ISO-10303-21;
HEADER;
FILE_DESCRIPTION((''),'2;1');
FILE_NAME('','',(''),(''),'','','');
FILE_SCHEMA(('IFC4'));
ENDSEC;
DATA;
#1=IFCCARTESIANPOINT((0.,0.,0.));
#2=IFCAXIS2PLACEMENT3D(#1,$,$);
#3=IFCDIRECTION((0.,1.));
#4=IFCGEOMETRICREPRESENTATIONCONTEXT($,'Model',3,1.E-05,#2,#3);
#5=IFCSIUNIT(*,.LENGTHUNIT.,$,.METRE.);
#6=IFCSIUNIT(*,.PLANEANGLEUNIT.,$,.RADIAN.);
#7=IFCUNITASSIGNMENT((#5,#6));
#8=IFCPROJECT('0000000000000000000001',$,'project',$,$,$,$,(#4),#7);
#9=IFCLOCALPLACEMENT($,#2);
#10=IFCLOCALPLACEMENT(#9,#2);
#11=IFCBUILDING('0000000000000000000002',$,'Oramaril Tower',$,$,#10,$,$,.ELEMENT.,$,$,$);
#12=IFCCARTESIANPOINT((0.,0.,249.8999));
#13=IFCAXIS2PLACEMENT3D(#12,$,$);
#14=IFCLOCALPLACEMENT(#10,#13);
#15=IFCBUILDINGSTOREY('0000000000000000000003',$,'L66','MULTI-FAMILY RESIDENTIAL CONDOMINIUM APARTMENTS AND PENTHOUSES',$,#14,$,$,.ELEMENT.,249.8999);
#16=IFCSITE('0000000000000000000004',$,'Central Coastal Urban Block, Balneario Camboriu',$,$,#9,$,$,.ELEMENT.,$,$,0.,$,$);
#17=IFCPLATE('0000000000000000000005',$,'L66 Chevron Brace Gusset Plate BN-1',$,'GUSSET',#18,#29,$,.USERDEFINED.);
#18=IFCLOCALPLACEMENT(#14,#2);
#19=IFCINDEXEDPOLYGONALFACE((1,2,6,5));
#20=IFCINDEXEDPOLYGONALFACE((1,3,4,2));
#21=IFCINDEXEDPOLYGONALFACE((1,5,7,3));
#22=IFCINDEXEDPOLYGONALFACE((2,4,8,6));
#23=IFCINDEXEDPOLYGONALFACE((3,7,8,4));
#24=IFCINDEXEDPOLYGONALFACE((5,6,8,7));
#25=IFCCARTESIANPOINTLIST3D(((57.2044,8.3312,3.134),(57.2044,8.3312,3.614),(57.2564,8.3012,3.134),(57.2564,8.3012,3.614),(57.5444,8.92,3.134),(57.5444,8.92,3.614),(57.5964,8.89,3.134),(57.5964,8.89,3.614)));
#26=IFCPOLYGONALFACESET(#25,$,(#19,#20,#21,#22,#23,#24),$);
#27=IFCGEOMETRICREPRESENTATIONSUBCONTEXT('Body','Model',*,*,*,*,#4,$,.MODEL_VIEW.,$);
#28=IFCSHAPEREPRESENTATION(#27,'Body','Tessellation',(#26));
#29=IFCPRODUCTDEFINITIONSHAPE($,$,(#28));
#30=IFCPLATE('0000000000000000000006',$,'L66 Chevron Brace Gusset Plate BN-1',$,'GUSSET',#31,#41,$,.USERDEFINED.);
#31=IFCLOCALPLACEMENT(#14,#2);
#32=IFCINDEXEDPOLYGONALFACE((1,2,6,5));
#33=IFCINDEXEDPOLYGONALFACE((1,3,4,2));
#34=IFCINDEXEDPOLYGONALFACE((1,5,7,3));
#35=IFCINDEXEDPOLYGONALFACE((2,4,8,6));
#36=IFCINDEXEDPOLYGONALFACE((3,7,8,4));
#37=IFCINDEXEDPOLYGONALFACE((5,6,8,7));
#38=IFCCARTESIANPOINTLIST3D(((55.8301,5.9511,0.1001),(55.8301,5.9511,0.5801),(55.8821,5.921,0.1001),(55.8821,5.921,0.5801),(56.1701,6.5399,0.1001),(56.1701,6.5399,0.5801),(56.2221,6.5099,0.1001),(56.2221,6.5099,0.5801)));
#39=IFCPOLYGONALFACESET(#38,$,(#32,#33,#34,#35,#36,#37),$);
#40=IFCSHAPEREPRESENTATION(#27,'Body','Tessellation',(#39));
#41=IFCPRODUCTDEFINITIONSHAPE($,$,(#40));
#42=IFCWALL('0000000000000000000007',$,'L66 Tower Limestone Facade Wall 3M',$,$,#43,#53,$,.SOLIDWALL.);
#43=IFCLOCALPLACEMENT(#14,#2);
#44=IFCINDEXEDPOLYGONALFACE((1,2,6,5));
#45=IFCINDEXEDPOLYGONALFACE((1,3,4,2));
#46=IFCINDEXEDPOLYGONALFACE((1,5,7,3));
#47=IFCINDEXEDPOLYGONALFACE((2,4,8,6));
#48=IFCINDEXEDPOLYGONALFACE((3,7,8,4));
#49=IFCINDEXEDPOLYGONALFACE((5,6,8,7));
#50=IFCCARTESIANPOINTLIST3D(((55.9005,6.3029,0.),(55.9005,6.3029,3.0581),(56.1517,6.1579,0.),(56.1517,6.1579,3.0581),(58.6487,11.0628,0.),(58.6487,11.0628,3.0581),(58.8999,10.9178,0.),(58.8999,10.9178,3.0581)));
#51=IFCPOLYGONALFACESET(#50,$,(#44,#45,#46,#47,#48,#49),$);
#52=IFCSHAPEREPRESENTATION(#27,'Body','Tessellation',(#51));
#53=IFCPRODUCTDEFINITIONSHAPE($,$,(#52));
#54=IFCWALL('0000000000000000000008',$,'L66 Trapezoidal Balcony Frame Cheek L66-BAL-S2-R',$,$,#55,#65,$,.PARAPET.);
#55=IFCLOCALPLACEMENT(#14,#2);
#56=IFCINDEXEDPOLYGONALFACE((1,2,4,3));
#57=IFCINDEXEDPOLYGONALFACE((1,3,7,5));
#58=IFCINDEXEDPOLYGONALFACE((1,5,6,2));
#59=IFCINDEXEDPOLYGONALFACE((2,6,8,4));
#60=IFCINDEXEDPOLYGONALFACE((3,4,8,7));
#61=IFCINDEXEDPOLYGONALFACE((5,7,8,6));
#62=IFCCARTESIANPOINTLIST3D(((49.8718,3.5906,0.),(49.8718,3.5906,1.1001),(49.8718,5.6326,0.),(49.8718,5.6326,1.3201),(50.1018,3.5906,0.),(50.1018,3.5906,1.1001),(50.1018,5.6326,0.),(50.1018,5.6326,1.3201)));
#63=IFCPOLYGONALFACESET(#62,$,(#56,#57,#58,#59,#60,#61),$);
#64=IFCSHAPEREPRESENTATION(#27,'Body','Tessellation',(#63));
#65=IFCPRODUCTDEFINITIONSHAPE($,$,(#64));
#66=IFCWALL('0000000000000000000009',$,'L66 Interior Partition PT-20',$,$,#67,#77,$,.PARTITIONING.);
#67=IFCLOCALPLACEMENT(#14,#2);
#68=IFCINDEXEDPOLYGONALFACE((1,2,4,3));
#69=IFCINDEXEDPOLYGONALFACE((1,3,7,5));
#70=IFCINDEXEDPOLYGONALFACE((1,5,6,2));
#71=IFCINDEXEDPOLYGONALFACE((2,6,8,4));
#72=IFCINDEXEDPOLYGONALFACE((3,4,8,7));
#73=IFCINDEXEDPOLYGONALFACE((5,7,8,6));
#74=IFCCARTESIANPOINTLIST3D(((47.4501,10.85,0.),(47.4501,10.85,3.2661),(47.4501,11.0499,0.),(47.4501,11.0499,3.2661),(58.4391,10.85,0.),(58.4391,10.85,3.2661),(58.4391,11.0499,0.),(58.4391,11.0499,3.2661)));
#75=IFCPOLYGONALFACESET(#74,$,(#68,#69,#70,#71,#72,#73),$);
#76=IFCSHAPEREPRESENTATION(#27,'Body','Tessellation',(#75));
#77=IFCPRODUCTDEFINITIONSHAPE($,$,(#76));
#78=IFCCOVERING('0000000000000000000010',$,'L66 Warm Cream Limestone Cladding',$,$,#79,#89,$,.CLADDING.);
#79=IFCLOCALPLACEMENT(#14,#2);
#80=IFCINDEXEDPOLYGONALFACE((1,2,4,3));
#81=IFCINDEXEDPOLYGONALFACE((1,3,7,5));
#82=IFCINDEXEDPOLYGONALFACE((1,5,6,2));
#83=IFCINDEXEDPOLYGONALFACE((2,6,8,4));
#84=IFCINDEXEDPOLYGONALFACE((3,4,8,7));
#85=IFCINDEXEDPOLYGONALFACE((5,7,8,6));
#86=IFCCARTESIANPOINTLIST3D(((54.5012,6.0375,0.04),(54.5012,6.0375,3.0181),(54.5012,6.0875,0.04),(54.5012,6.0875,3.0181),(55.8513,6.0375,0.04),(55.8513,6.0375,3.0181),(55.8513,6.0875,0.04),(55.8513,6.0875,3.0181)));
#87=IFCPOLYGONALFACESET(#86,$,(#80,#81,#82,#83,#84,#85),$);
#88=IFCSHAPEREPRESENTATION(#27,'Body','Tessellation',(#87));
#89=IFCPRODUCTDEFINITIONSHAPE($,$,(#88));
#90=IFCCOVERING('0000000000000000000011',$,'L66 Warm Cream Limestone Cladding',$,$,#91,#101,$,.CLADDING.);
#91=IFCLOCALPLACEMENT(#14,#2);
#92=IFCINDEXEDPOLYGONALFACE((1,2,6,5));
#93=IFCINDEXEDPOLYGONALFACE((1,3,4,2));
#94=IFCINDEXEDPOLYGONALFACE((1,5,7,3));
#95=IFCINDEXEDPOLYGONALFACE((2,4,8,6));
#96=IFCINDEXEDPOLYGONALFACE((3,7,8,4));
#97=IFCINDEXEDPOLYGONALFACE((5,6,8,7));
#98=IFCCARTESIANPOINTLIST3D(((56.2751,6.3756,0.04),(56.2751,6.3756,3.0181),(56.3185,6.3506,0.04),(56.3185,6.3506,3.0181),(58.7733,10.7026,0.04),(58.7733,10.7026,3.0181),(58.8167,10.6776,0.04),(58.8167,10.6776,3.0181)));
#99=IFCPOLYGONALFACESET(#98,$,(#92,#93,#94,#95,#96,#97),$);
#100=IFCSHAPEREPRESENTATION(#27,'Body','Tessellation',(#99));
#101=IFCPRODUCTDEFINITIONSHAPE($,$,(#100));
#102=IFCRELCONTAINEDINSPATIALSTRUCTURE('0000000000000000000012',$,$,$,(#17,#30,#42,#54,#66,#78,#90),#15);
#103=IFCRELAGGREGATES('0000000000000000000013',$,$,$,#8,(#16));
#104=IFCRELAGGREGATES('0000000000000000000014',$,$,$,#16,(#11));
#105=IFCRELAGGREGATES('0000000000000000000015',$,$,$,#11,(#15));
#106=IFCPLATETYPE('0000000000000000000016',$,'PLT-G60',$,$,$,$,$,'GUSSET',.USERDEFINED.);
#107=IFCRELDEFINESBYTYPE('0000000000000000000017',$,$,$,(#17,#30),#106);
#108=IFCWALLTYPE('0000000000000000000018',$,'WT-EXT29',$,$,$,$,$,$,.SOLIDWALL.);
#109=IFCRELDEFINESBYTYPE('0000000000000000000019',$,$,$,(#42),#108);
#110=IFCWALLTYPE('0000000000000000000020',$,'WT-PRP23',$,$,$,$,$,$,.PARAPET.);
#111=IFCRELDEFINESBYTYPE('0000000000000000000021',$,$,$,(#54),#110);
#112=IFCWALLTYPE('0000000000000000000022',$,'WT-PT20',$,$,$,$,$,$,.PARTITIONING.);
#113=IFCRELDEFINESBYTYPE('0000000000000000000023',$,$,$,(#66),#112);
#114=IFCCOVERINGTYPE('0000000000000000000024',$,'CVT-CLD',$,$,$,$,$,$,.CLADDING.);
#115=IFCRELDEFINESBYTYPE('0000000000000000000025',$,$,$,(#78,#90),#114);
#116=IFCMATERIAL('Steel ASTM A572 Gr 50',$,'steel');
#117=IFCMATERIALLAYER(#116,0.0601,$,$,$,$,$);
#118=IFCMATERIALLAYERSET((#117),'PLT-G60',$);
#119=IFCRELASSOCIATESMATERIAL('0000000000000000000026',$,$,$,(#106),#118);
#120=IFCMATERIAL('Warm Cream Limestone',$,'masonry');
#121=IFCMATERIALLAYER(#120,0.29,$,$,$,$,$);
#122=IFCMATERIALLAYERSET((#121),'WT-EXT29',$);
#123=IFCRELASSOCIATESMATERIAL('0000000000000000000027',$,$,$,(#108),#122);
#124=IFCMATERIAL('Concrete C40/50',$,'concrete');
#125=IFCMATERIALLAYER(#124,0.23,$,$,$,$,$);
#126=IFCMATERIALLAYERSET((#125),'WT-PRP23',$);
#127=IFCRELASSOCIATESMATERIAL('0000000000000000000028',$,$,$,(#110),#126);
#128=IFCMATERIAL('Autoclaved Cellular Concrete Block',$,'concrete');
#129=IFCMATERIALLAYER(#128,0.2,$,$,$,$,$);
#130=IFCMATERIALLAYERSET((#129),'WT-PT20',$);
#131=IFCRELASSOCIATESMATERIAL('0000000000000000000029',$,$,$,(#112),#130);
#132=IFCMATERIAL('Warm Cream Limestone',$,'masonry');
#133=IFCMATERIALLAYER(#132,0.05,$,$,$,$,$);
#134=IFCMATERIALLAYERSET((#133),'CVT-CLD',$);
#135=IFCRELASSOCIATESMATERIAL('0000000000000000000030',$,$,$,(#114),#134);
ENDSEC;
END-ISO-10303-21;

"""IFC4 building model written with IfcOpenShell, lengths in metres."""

from ifc_helpers import new_model, si_unit, direction, frame, frame_2d, origin, origin_2d, place, context, subcontext, project, spatial, polyline, rectangle, outline, extrude, material, layer, layer_set, type_object, element, save


model = new_model("IFC4")

# Units and contexts
model_context = context("Model", 3, precision=1e-05, world=origin(), true_north=direction((0.0, 1.0)))
body_context = subcontext(model_context, "Body", "Model", "MODEL_VIEW")
ifc_project = project(units=[si_unit("LENGTHUNIT", "METRE"), si_unit("PLANEANGLEUNIT", "RADIAN")], contexts=[model_context])

# Site, building, storey
site_placement = place(None, origin())
site = spatial("IfcSite", under=ifc_project, at=site_placement, Name="Central Coastal Urban Block, Balneario Camboriu", CompositionType="ELEMENT", RefElevation=0.0)
building_placement = place(site_placement, origin())
building = spatial("IfcBuilding", under=site, at=building_placement, Name="Oramaril Tower", CompositionType="ELEMENT")
storey_placement = place(building_placement, frame((0.0, 0.0, 249.8999)))
storey = spatial("IfcBuildingStorey", under=building, at=storey_placement, Name="L66", Description="MULTI-FAMILY RESIDENTIAL CONDOMINIUM APARTMENTS AND PENTHOUSES", CompositionType="ELEMENT", Elevation=249.8999)

# Plates
ifc_material_1 = material(Name="Steel ASTM A572 Gr 50", Category="steel")
ifc_layer_1 = layer(ifc_material_1, 0.0601)
ifc_layer_set_1 = layer_set([ifc_layer_1], Name="PLT-G60")
plate_type = type_object("IfcPlateType", Name="PLT-G60", ElementType="GUSSET", PredefinedType="USERDEFINED", material=ifc_layer_set_1)
for number, where, z_axis, x_axis, name in (
    (1, (57.4004, 8.6106, 3.134), (0.0, 0.0, 1.0), (0.500002, 0.866025, 0.0), "L66 Chevron Brace Gusset Plate BN-1"),
    (2, (56.0261, 6.2305, 0.1001), (0.0, 0.0, 1.0), (0.500002, 0.866025, 0.0), "L66 Chevron Brace Gusset Plate BN-1"),
):
    element("IfcPlate", number, at=place(storey_placement, frame(where, z_axis=z_axis, x_axis=x_axis)), inside=storey, type_object=plate_type, Name=name, ObjectType="GUSSET", PredefinedType="USERDEFINED", context=body_context, shape_type="SweptSolid", body=[
        extrude(rectangle(XDim=0.6799, YDim=0.0601, at=origin_2d()), origin(), (0.0, 0.0, 1.0), 0.48),
    ])

# Walls
ifc_material_2 = material(Name="Warm Cream Limestone", Category="masonry")
ifc_layer_2 = layer(ifc_material_2, 0.29)
ifc_layer_set_2 = layer_set([ifc_layer_2], Name="WT-EXT29")
wall_type_1 = type_object("IfcWallType", Name="WT-EXT29", PredefinedType="SOLIDWALL", material=ifc_layer_set_2)
wall_1_placement = place(storey_placement, frame((56.0261, 6.2305, 0.0), z_axis=(0.0, 0.0, 1.0), x_axis=(0.500013, 0.866018, 0.0)))
element("IfcWall", 3, at=wall_1_placement, inside=storey, type_object=wall_type_1, Name="L66 Tower Limestone Facade Wall 3M", PredefinedType="SOLIDWALL", context=body_context, shape_type="SweptSolid", body=[
    extrude(rectangle(XDim=5.4963, YDim=0.29, at=frame_2d((2.748, 0.0))), origin(), (0.0, 0.0, 1.0), 3.0581),
])
ifc_material_3 = material(Name="Concrete C40/50", Category="concrete")
ifc_layer_3 = layer(ifc_material_3, 0.23)
ifc_layer_set_3 = layer_set([ifc_layer_3], Name="WT-PRP23")
wall_type_2 = type_object("IfcWallType", Name="WT-PRP23", PredefinedType="PARAPET", material=ifc_layer_set_3)
wall_2_placement = place(storey_placement, frame((49.9868, 5.6326, 0.0), z_axis=(0.0, 0.0, 1.0), x_axis=(0.0, -1.0, 0.0)))
element("IfcWall", 4, at=wall_2_placement, inside=storey, type_object=wall_type_2, Name="L66 Trapezoidal Balcony Frame Cheek L66-BAL-S2-R", PredefinedType="PARAPET", context=body_context, shape_type="SweptSolid", body=[
    extrude(outline(polyline([(0.0, 0.0), (2.042, 0.0), (2.042, 1.1001), (0.0, 1.3201), (0.0, 0.0)])), frame((0.0, 0.115, 0.0), z_axis=(0.0, -1.0, 0.0), x_axis=(1.0, 0.0, 0.0)), (0.0, 0.0, 1.0), 0.23),
])
ifc_material_4 = material(Name="Autoclaved Cellular Concrete Block", Category="concrete")
ifc_layer_4 = layer(ifc_material_4, 0.2)
ifc_layer_set_4 = layer_set([ifc_layer_4], Name="WT-PT20")
wall_type_3 = type_object("IfcWallType", Name="WT-PT20", PredefinedType="PARTITIONING", material=ifc_layer_set_4)
wall_3_placement = place(storey_placement, frame((47.45, 10.95, 0.0), z_axis=(0.0, 0.0, 1.0), x_axis=(1.0, 0.0, 0.0)))
element("IfcWall", 5, at=wall_3_placement, inside=storey, type_object=wall_type_3, Name="L66 Interior Partition PT-20", PredefinedType="PARTITIONING", context=body_context, shape_type="SweptSolid", body=[
    extrude(rectangle(XDim=10.989, YDim=0.2, at=frame_2d((5.4946, 0.0))), origin(), (0.0, 0.0, 1.0), 3.2661),
])

# Coverings
ifc_material_5 = material(Name="Warm Cream Limestone", Category="masonry")
ifc_layer_5 = layer(ifc_material_5, 0.05)
ifc_layer_set_5 = layer_set([ifc_layer_5], Name="CVT-CLD")
covering_type = type_object("IfcCoveringType", Name="CVT-CLD", PredefinedType="CLADDING", material=ifc_layer_set_5)
covering_1_placement = place(storey_placement, frame((55.1763, 6.0625, 0.04), z_axis=(0.0, 0.0, 1.0), x_axis=(1.0, 0.0, 0.0)))
element("IfcCovering", 6, at=covering_1_placement, inside=storey, type_object=covering_type, Name="L66 Warm Cream Limestone Cladding", PredefinedType="CLADDING", context=body_context, shape_type="SweptSolid", body=[
    extrude(rectangle(XDim=1.3501, YDim=0.05, at=origin_2d()), origin(), (0.0, 0.0, 1.0), 2.978),
])
covering_2_placement = place(storey_placement, frame((57.5459, 8.5266, 0.04), z_axis=(0.0, 0.0, 1.0), x_axis=(0.500002, 0.866025, 0.0)))
element("IfcCovering", 7, at=covering_2_placement, inside=storey, type_object=covering_type, Name="L66 Warm Cream Limestone Cladding", PredefinedType="CLADDING", context=body_context, shape_type="SweptSolid", body=[
    extrude(rectangle(XDim=4.9963, YDim=0.05, at=origin_2d()), origin(), (0.0, 0.0, 1.0), 2.978),
])

save(model, "model.ifc")
